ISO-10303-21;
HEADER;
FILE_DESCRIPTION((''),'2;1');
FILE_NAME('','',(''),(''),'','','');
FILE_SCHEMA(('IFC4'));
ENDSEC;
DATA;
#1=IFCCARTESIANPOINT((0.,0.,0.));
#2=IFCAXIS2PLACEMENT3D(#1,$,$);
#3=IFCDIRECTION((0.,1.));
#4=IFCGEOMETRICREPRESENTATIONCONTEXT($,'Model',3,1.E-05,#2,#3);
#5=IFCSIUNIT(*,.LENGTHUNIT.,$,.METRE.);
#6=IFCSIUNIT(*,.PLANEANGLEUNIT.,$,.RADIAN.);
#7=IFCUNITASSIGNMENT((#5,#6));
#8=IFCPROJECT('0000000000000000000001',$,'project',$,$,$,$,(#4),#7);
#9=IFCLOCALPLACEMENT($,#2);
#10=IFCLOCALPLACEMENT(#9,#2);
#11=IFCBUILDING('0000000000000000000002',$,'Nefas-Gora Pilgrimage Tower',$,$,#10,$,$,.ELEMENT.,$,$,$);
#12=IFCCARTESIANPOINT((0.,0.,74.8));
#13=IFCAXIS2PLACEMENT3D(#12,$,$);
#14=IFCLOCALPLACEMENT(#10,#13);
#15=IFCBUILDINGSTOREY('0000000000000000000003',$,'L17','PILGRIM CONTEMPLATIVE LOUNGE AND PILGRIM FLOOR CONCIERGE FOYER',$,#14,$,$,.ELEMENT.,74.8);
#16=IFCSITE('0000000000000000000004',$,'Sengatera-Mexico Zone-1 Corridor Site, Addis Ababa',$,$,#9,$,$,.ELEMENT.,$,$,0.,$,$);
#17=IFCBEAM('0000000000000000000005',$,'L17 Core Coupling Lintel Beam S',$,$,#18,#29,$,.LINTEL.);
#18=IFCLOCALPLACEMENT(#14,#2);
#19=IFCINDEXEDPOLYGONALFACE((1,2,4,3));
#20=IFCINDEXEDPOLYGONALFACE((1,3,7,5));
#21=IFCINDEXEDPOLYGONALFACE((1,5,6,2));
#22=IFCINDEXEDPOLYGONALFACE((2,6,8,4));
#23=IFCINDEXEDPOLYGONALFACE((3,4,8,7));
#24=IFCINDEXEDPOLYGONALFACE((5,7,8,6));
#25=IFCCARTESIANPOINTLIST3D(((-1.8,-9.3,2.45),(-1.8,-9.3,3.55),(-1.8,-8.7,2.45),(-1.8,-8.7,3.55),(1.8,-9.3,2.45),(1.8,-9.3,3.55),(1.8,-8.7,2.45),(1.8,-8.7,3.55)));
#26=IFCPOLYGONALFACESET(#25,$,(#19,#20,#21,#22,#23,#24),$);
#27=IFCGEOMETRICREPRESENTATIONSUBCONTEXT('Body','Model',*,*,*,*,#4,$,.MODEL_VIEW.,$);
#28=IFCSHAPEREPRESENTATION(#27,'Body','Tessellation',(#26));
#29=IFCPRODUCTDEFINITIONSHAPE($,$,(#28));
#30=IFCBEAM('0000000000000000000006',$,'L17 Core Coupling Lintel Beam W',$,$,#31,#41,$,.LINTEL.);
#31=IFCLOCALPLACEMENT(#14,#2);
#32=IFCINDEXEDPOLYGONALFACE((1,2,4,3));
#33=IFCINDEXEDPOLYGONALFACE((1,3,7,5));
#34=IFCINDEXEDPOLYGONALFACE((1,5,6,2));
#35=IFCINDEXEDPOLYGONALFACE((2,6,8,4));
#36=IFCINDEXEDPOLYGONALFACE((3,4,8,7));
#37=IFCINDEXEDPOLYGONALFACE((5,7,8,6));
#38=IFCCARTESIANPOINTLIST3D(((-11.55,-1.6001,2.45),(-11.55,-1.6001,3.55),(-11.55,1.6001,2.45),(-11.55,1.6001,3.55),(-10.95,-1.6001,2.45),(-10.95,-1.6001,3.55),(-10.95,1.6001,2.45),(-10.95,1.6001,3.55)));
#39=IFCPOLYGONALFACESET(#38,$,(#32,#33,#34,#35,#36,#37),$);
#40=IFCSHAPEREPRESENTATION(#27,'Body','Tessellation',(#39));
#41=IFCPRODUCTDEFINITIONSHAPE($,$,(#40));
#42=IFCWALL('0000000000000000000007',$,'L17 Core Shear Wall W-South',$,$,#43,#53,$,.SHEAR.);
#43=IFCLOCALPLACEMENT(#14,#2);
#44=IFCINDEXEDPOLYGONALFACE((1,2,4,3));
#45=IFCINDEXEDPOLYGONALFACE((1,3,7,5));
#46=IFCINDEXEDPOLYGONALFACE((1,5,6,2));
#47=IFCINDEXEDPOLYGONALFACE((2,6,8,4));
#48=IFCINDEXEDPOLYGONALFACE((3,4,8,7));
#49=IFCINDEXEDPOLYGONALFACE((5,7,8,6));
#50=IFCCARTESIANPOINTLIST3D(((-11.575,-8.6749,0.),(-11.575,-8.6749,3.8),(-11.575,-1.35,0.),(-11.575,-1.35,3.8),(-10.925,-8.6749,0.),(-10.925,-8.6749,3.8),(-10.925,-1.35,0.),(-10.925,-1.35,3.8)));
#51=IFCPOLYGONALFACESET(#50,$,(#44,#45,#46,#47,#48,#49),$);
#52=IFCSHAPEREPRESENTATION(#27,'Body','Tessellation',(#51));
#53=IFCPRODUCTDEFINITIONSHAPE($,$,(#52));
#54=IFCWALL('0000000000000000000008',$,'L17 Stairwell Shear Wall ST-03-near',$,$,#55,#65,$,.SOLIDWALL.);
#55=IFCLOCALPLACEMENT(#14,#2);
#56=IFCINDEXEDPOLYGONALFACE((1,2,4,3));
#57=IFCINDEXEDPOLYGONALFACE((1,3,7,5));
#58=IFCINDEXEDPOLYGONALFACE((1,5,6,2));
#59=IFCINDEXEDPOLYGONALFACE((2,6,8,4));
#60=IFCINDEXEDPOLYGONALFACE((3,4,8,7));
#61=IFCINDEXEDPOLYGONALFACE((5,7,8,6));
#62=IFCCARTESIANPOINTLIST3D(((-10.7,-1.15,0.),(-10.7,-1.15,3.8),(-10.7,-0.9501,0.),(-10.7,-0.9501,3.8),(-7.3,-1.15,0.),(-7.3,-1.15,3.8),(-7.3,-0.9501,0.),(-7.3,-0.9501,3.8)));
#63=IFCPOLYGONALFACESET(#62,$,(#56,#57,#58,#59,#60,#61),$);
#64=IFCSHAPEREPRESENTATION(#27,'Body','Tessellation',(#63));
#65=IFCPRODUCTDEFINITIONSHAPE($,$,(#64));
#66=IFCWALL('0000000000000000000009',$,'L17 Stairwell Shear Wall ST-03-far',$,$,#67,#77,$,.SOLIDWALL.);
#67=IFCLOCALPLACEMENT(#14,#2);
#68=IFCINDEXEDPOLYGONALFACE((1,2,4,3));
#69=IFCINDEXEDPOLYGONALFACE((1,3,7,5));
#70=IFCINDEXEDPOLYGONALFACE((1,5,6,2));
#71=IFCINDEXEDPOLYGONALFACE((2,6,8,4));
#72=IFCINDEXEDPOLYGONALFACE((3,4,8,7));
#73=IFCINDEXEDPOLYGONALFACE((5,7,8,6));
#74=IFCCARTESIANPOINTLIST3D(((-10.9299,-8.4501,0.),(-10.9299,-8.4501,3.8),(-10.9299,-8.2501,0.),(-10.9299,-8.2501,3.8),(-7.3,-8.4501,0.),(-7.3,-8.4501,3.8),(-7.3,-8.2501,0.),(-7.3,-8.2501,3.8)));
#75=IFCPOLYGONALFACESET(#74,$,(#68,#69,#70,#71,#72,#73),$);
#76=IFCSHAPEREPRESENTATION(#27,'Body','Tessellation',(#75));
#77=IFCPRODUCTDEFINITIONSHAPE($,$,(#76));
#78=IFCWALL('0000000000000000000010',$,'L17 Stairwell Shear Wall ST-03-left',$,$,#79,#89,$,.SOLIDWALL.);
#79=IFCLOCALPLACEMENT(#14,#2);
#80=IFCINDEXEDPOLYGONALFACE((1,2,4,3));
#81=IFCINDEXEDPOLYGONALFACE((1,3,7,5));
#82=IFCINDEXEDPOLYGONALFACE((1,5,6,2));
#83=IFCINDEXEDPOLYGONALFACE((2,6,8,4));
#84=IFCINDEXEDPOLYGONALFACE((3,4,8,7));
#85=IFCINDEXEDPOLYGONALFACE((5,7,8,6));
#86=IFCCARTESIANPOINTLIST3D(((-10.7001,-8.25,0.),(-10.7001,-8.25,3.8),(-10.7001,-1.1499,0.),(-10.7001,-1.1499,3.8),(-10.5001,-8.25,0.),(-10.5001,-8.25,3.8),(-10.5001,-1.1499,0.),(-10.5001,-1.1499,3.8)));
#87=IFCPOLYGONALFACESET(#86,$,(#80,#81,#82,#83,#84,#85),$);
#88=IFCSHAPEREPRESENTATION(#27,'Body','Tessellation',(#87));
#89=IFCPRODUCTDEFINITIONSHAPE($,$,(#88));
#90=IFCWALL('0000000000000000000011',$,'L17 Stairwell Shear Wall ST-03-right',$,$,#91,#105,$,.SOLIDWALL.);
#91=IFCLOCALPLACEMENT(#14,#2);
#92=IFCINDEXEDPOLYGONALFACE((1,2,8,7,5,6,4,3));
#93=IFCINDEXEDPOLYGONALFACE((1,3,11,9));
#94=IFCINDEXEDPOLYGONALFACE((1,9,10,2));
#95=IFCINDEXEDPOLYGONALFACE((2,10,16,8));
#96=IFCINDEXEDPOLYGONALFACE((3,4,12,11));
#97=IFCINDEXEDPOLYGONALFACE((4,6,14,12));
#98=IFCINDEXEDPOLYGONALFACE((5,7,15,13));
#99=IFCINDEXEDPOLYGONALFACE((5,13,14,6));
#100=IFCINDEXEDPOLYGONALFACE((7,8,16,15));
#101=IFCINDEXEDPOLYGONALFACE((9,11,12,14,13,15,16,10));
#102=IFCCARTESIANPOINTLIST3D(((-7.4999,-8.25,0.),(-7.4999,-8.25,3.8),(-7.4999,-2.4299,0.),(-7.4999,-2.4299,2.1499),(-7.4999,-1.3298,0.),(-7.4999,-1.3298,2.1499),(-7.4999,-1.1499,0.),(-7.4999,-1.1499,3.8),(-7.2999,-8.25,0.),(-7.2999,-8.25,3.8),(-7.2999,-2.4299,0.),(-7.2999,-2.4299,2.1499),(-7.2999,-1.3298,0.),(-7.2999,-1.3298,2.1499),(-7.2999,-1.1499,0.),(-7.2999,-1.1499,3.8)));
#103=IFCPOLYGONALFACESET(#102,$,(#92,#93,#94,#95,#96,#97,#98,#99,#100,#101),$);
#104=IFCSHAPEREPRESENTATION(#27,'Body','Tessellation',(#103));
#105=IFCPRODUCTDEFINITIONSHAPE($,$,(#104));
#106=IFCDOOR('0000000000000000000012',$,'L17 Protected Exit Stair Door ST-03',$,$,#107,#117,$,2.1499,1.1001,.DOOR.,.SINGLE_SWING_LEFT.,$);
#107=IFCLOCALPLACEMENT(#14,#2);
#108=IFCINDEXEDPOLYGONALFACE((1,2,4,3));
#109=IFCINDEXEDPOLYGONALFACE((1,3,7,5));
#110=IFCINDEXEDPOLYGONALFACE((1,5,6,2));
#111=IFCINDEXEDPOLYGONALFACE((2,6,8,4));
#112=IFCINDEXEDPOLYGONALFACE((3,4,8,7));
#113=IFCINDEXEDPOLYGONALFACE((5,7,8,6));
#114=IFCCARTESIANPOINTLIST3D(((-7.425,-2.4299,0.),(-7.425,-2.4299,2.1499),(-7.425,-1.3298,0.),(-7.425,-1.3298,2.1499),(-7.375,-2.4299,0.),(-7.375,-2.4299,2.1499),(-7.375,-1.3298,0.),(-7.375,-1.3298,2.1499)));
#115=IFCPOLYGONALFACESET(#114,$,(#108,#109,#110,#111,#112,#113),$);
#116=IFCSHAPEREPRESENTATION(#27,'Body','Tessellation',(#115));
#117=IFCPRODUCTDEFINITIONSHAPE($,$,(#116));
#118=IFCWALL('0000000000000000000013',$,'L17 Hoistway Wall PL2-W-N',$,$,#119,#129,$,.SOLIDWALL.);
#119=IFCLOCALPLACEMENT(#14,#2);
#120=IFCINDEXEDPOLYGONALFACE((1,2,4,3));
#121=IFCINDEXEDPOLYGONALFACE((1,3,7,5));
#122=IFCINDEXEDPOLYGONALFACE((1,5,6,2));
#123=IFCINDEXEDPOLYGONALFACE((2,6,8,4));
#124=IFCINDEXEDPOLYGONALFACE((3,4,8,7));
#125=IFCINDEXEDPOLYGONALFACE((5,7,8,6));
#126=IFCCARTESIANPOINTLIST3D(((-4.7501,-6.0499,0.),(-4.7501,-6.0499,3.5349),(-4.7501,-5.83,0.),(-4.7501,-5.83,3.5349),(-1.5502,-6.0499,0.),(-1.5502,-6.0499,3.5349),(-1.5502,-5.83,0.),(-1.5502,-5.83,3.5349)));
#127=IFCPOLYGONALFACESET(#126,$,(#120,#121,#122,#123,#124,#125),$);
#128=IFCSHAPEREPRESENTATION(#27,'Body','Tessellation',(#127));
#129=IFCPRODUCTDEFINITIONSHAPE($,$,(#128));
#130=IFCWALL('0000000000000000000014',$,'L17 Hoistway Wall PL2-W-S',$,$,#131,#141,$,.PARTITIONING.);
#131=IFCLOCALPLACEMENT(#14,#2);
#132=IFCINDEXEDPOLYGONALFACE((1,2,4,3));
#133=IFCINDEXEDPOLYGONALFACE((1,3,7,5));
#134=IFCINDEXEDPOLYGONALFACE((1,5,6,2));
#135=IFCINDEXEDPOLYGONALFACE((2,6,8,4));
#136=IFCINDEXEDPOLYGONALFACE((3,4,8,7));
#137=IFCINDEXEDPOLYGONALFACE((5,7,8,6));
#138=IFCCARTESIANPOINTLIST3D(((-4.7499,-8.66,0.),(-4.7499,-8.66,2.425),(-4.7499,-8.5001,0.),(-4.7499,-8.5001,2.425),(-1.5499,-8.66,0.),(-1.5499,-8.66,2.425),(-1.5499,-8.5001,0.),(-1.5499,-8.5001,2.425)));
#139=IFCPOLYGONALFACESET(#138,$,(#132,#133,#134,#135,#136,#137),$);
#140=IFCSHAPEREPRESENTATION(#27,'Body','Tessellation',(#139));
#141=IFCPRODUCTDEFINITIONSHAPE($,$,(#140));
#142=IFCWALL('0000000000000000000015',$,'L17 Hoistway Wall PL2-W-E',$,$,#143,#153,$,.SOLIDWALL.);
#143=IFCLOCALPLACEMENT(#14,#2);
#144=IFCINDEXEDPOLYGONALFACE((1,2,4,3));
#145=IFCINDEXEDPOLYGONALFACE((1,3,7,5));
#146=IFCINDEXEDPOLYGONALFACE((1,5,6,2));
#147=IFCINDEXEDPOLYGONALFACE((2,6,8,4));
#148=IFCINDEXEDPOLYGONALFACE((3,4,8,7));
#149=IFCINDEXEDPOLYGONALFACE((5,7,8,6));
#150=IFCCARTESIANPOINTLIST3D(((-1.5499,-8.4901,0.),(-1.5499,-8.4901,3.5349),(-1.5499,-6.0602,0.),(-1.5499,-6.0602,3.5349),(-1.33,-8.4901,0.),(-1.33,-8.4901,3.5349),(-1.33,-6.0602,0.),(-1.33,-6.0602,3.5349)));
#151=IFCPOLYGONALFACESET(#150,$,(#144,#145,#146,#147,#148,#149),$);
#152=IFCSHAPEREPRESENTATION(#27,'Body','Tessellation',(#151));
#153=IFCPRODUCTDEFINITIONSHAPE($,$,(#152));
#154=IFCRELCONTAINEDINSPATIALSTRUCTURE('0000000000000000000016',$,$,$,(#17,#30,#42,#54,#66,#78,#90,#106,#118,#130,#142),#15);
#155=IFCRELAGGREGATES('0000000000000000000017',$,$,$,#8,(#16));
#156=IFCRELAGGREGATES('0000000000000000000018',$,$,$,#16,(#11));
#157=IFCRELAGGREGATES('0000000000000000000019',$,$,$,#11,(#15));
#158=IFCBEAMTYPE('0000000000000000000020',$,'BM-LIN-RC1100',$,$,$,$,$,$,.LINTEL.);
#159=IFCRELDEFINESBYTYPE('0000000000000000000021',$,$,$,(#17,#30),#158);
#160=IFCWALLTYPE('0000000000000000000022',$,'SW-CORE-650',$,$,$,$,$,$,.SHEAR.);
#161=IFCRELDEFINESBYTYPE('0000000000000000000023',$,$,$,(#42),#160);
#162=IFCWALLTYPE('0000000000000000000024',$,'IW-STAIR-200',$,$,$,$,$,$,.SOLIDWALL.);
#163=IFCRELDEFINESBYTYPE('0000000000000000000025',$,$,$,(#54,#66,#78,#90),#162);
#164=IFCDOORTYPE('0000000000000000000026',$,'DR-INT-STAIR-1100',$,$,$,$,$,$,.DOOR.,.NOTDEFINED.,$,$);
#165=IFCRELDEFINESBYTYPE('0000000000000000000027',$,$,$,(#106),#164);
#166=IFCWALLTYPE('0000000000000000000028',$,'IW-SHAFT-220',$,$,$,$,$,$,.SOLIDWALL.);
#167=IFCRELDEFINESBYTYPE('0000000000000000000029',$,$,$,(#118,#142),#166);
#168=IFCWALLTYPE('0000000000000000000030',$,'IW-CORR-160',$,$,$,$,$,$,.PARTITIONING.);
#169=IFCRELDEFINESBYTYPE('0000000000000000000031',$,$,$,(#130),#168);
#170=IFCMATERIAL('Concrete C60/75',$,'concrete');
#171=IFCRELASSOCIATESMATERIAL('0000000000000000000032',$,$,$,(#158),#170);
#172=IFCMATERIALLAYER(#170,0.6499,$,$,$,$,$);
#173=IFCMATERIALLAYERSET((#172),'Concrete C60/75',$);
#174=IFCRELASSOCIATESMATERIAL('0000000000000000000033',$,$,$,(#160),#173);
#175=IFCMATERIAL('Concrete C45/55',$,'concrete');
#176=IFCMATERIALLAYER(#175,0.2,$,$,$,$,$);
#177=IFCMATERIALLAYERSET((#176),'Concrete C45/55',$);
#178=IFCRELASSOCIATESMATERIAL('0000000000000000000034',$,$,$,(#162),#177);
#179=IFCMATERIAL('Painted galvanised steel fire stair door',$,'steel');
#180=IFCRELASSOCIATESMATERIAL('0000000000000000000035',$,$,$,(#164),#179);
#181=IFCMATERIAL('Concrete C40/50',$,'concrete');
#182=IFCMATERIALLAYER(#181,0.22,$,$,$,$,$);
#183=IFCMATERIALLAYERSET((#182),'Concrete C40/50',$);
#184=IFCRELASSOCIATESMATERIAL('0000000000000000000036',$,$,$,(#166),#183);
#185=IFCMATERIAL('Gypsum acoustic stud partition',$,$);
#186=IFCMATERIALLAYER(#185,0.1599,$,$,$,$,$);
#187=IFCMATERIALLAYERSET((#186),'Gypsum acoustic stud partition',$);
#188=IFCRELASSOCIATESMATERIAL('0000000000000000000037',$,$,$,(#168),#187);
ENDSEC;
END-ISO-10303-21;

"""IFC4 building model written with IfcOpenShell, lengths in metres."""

from ifc_helpers import new_model, si_unit, direction, frame, frame_2d, origin, origin_2d, place, context, subcontext, project, spatial, rectangle, extrude, source, transform, mapped, material, layer, layer_set, material_profile, profile_set, type_object, element, fill, save


model = new_model("IFC4")

# Units and contexts
model_context = context("Model", 3, precision=1e-05, world=origin(), true_north=direction((0.0, 1.0)))
body_context = subcontext(model_context, "Body", "Model", "MODEL_VIEW")
ifc_project = project(units=[si_unit("LENGTHUNIT", "METRE"), si_unit("PLANEANGLEUNIT", "RADIAN")], contexts=[model_context])

# Site, building, storey
site_placement = place(None, origin())
site = spatial("IfcSite", under=ifc_project, at=site_placement, Name="Sengatera-Mexico Zone-1 Corridor Site, Addis Ababa", CompositionType="ELEMENT", RefElevation=0.0)
building_placement = place(site_placement, origin())
building = spatial("IfcBuilding", under=site, at=building_placement, Name="Nefas-Gora Pilgrimage Tower", CompositionType="ELEMENT")
storey_placement = place(building_placement, frame((0.0, 0.0, 74.8)))
storey = spatial("IfcBuildingStorey", under=building, at=storey_placement, Name="L17", Description="PILGRIM CONTEMPLATIVE LOUNGE AND PILGRIM FLOOR CONCIERGE FOYER", CompositionType="ELEMENT", Elevation=74.8)

# Beams
ifc_material_1 = material(Name="Concrete C60/75", Category="concrete")
ifc_material_profile = material_profile(ifc_material_1, rectangle(XDim=0.6001, YDim=1.1001, at=origin_2d()), Name="RC 600x1100")
ifc_profile_set = profile_set([ifc_material_profile], Name="Concrete C60/75")
beam_type = type_object("IfcBeamType", Name="BM-LIN-RC1100", PredefinedType="LINTEL", material=ifc_profile_set)
shared_shape_1 = source(origin(), body_context, "Body", "SweptSolid", [
    extrude(rectangle(XDim=0.6001, YDim=1.1001, at=origin_2d()), origin(), (0.0, 0.0, 1.0), 3.6001),
])
beam_1_placement = place(storey_placement, frame((-1.8, -9.0, 3.0), z_axis=(1.0, 0.0, 0.0), x_axis=(0.0, 1.0, 0.0)))
element("IfcBeam", 1, at=beam_1_placement, inside=storey, type_object=beam_type, Name="L17 Core Coupling Lintel Beam S", PredefinedType="LINTEL", context=body_context, shape_type="MappedRepresentation", body=[
    mapped(shared_shape_1, transform((0.0, 0.0, 0.0), x_axis=(1.0, 0.0, 0.0), y_axis=(0.0, 1.0, 0.0), z_axis=(0.0, 0.0, 1.0), scale=1.0)),
])
shared_shape_2 = source(origin(), body_context, "Body", "SweptSolid", [
    extrude(rectangle(XDim=0.6001, YDim=1.1001, at=origin_2d()), origin(), (0.0, 0.0, 1.0), 3.2002),
])
beam_2_placement = place(storey_placement, frame((-11.25, -1.6001, 3.0), z_axis=(0.0, 1.0, 0.0), x_axis=(-1.0, 0.0, 0.0)))
element("IfcBeam", 2, at=beam_2_placement, inside=storey, type_object=beam_type, Name="L17 Core Coupling Lintel Beam W", PredefinedType="LINTEL", context=body_context, shape_type="MappedRepresentation", body=[
    mapped(shared_shape_2, transform((0.0, 0.0, 0.0), x_axis=(1.0, 0.0, 0.0), y_axis=(0.0, 1.0, 0.0), z_axis=(0.0, 0.0, 1.0), scale=1.0)),
])

# Walls
ifc_layer_1 = layer(ifc_material_1, 0.6499)
ifc_layer_set_1 = layer_set([ifc_layer_1], Name="Concrete C60/75")
wall_type_1 = type_object("IfcWallType", Name="SW-CORE-650", PredefinedType="SHEAR", material=ifc_layer_set_1)
shared_shape_3 = source(origin(), body_context, "Body", "SweptSolid", [
    extrude(rectangle(XDim=7.325, YDim=0.6499, at=frame_2d((3.6626, 0.0))), origin(), (0.0, 0.0, 1.0), 3.8),
])
wall_1_placement = place(storey_placement, frame((-11.25, -8.675, 0.0), z_axis=(0.0, 0.0, 1.0), x_axis=(0.0, 1.0, 0.0)))
element("IfcWall", 3, at=wall_1_placement, inside=storey, type_object=wall_type_1, Name="L17 Core Shear Wall W-South", PredefinedType="SHEAR", context=body_context, shape_type="MappedRepresentation", body=[
    mapped(shared_shape_3, transform((0.0, 0.0, 0.0), x_axis=(1.0, 0.0, 0.0), y_axis=(0.0, 1.0, 0.0), z_axis=(0.0, 0.0, 1.0), scale=1.0)),
])
ifc_material_2 = material(Name="Concrete C45/55", Category="concrete")
ifc_layer_2 = layer(ifc_material_2, 0.2)
ifc_layer_set_2 = layer_set([ifc_layer_2], Name="Concrete C45/55")
wall_type_2 = type_object("IfcWallType", Name="IW-STAIR-200", PredefinedType="SOLIDWALL", material=ifc_layer_set_2)
shared_shape_4 = source(origin(), body_context, "Body", "SweptSolid", [
    extrude(rectangle(XDim=3.3999, YDim=0.2, at=frame_2d((1.7, 0.0))), origin(), (0.0, 0.0, 1.0), 3.8),
])
wall_2_placement = place(storey_placement, frame((-10.7, -1.05, 0.0), z_axis=(0.0, 0.0, 1.0), x_axis=(1.0, 0.0, 0.0)))
element("IfcWall", 4, at=wall_2_placement, inside=storey, type_object=wall_type_2, Name="L17 Stairwell Shear Wall ST-03-near", PredefinedType="SOLIDWALL", context=body_context, shape_type="MappedRepresentation", body=[
    mapped(shared_shape_4, transform((0.0, 0.0, 0.0), x_axis=(1.0, 0.0, 0.0), y_axis=(0.0, 1.0, 0.0), z_axis=(0.0, 0.0, 1.0), scale=1.0)),
])
shared_shape_5 = source(origin(), body_context, "Body", "SweptSolid", [
    extrude(rectangle(XDim=3.6299, YDim=0.2, at=frame_2d((1.8149, 0.0))), origin(), (0.0, 0.0, 1.0), 3.8),
])
wall_3_placement = place(storey_placement, frame((-10.9299, -8.3501, 0.0), z_axis=(0.0, 0.0, 1.0), x_axis=(1.0, 0.0, 0.0)))
element("IfcWall", 5, at=wall_3_placement, inside=storey, type_object=wall_type_2, Name="L17 Stairwell Shear Wall ST-03-far", PredefinedType="SOLIDWALL", context=body_context, shape_type="MappedRepresentation", body=[
    mapped(shared_shape_5, transform((0.0, 0.0, 0.0), x_axis=(1.0, 0.0, 0.0), y_axis=(0.0, 1.0, 0.0), z_axis=(0.0, 0.0, 1.0), scale=1.0)),
])
shared_shape_6 = source(origin(), body_context, "Body", "SweptSolid", [
    extrude(rectangle(XDim=7.1001, YDim=0.2, at=frame_2d((3.55, 0.0))), origin(), (0.0, 0.0, 1.0), 3.8),
])
wall_4_placement = place(storey_placement, frame((-10.6001, -1.1499, 0.0), z_axis=(0.0, 0.0, 1.0), x_axis=(0.0, -1.0, 0.0)))
element("IfcWall", 6, at=wall_4_placement, inside=storey, type_object=wall_type_2, Name="L17 Stairwell Shear Wall ST-03-left", PredefinedType="SOLIDWALL", context=body_context, shape_type="MappedRepresentation", body=[
    mapped(shared_shape_6, transform((0.0, 0.0, 0.0), x_axis=(1.0, 0.0, 0.0), y_axis=(0.0, 1.0, 0.0), z_axis=(0.0, 0.0, 1.0), scale=1.0)),
])

# Wall, opening, door
wall_5_placement = place(storey_placement, frame((-7.3999, -1.1499, 0.0), z_axis=(0.0, 0.0, 1.0), x_axis=(0.0, -1.0, 0.0)))
wall_5 = element("IfcWall", 7, at=wall_5_placement, inside=storey, type_object=wall_type_2, Name="L17 Stairwell Shear Wall ST-03-right", PredefinedType="SOLIDWALL", context=body_context, shape_type="MappedRepresentation", body=[
    mapped(shared_shape_6, transform((0.0, 0.0, 0.0), x_axis=(1.0, 0.0, 0.0), y_axis=(0.0, 1.0, 0.0), z_axis=(0.0, 0.0, 1.0), scale=1.0)),
])
opening_1_placement = place(wall_5_placement, frame((0.1799, 0.0, 0.0)))
opening_1 = element("IfcOpeningElement", 8, at=opening_1_placement, cuts=wall_5, PredefinedType="OPENING", context=body_context, shape_type="SweptSolid", body=[
    extrude(rectangle(XDim=1.1001, YDim=2.1499, at=frame_2d((0.55, 1.075))), frame((0.0, 0.1099, 0.0), z_axis=(0.0, -1.0, 0.0), x_axis=(1.0, 0.0, 0.0)), (0.0, 0.0, 1.0), 0.22),
])
ifc_material_3 = material(Name="Painted galvanised steel fire stair door", Category="steel")
door_type_1 = type_object("IfcDoorType", Name="DR-INT-STAIR-1100", OperationType="NOTDEFINED", PredefinedType="DOOR", material=ifc_material_3)
shared_shape_7 = source(origin(), body_context, "Body", "SweptSolid", [
    extrude(rectangle(XDim=1.1001, YDim=2.1499, at=frame_2d((0.55, 1.075))), frame((0.0, 0.0249, 0.0), z_axis=(0.0, -1.0, 0.0), x_axis=(1.0, 0.0, 0.0)), (0.0, 0.0, 1.0), 0.05),
])
door_1_placement = place(opening_1_placement, origin())
door_1 = element("IfcDoor", 9, at=door_1_placement, inside=storey, type_object=door_type_1, Name="L17 Protected Exit Stair Door ST-03", OperationType="SINGLE_SWING_LEFT", OverallHeight=2.1499, OverallWidth=1.1001, PredefinedType="DOOR", context=body_context, shape_type="MappedRepresentation", body=[
    mapped(shared_shape_7, transform((0.0, 0.0, 0.0), x_axis=(1.0, 0.0, 0.0), y_axis=(0.0, 1.0, 0.0), z_axis=(0.0, 0.0, 1.0), scale=1.0)),
])
fill(opening_1, door_1)

# Walls
ifc_material_4 = material(Name="Concrete C40/50", Category="concrete")
ifc_layer_3 = layer(ifc_material_4, 0.22)
ifc_layer_set_3 = layer_set([ifc_layer_3], Name="Concrete C40/50")
wall_type_3 = type_object("IfcWallType", Name="IW-SHAFT-220", PredefinedType="SOLIDWALL", material=ifc_layer_set_3)
shared_shape_8 = source(origin(), body_context, "Body", "SweptSolid", [
    extrude(rectangle(XDim=3.2, YDim=0.22, at=frame_2d((1.6001, 0.0))), origin(), (0.0, 0.0, 1.0), 3.5349),
])
wall_6_placement = place(storey_placement, frame((-1.55, -5.9399, 0.0), z_axis=(0.0, 0.0, 1.0), x_axis=(-1.0, 0.0, 0.0)))
element("IfcWall", 10, at=wall_6_placement, inside=storey, type_object=wall_type_3, Name="L17 Hoistway Wall PL2-W-N", PredefinedType="SOLIDWALL", context=body_context, shape_type="MappedRepresentation", body=[
    mapped(shared_shape_8, transform((0.0, 0.0, 0.0), x_axis=(1.0, 0.0, 0.0), y_axis=(0.0, 1.0, 0.0), z_axis=(0.0, 0.0, 1.0), scale=1.0)),
])
ifc_material_5 = material(Name="Gypsum acoustic stud partition")
ifc_layer_4 = layer(ifc_material_5, 0.1599)
ifc_layer_set_4 = layer_set([ifc_layer_4], Name="Gypsum acoustic stud partition")
wall_type_4 = type_object("IfcWallType", Name="IW-CORR-160", PredefinedType="PARTITIONING", material=ifc_layer_set_4)
shared_shape_9 = source(origin(), body_context, "Body", "SweptSolid", [
    extrude(rectangle(XDim=3.2, YDim=0.1599, at=frame_2d((1.6001, 0.0))), origin(), (0.0, 0.0, 1.0), 2.425),
])
wall_7_placement = place(storey_placement, frame((-4.75, -8.5801, 0.0), z_axis=(0.0, 0.0, 1.0), x_axis=(1.0, 0.0, 0.0)))
element("IfcWall", 11, at=wall_7_placement, inside=storey, type_object=wall_type_4, Name="L17 Hoistway Wall PL2-W-S", PredefinedType="PARTITIONING", context=body_context, shape_type="MappedRepresentation", body=[
    mapped(shared_shape_9, transform((0.0, 0.0, 0.0), x_axis=(1.0, 0.0, 0.0), y_axis=(0.0, 1.0, 0.0), z_axis=(0.0, 0.0, 1.0), scale=1.0)),
])
shared_shape_10 = source(origin(), body_context, "Body", "SweptSolid", [
    extrude(rectangle(XDim=2.4299, YDim=0.22, at=frame_2d((1.2148, 0.0))), origin(), (0.0, 0.0, 1.0), 3.5349),
])
for number, where, z_axis, x_axis, name in (
    (12, (-1.4399, -8.49, 0.0), (0.0, 0.0, 1.0), (0.0, 1.0, 0.0), "L17 Hoistway Wall PL2-W-E"),
):
    element("IfcWall", number, at=place(storey_placement, frame(where, z_axis=z_axis, x_axis=x_axis)), inside=storey, type_object=wall_type_3, Name=name, PredefinedType="SOLIDWALL", context=body_context, shape_type="MappedRepresentation", body=[
        mapped(shared_shape_10, transform((0.0, 0.0, 0.0), x_axis=(1.0, 0.0, 0.0), y_axis=(0.0, 1.0, 0.0), z_axis=(0.0, 0.0, 1.0), scale=1.0)),
    ])

save(model, "model.ifc")
